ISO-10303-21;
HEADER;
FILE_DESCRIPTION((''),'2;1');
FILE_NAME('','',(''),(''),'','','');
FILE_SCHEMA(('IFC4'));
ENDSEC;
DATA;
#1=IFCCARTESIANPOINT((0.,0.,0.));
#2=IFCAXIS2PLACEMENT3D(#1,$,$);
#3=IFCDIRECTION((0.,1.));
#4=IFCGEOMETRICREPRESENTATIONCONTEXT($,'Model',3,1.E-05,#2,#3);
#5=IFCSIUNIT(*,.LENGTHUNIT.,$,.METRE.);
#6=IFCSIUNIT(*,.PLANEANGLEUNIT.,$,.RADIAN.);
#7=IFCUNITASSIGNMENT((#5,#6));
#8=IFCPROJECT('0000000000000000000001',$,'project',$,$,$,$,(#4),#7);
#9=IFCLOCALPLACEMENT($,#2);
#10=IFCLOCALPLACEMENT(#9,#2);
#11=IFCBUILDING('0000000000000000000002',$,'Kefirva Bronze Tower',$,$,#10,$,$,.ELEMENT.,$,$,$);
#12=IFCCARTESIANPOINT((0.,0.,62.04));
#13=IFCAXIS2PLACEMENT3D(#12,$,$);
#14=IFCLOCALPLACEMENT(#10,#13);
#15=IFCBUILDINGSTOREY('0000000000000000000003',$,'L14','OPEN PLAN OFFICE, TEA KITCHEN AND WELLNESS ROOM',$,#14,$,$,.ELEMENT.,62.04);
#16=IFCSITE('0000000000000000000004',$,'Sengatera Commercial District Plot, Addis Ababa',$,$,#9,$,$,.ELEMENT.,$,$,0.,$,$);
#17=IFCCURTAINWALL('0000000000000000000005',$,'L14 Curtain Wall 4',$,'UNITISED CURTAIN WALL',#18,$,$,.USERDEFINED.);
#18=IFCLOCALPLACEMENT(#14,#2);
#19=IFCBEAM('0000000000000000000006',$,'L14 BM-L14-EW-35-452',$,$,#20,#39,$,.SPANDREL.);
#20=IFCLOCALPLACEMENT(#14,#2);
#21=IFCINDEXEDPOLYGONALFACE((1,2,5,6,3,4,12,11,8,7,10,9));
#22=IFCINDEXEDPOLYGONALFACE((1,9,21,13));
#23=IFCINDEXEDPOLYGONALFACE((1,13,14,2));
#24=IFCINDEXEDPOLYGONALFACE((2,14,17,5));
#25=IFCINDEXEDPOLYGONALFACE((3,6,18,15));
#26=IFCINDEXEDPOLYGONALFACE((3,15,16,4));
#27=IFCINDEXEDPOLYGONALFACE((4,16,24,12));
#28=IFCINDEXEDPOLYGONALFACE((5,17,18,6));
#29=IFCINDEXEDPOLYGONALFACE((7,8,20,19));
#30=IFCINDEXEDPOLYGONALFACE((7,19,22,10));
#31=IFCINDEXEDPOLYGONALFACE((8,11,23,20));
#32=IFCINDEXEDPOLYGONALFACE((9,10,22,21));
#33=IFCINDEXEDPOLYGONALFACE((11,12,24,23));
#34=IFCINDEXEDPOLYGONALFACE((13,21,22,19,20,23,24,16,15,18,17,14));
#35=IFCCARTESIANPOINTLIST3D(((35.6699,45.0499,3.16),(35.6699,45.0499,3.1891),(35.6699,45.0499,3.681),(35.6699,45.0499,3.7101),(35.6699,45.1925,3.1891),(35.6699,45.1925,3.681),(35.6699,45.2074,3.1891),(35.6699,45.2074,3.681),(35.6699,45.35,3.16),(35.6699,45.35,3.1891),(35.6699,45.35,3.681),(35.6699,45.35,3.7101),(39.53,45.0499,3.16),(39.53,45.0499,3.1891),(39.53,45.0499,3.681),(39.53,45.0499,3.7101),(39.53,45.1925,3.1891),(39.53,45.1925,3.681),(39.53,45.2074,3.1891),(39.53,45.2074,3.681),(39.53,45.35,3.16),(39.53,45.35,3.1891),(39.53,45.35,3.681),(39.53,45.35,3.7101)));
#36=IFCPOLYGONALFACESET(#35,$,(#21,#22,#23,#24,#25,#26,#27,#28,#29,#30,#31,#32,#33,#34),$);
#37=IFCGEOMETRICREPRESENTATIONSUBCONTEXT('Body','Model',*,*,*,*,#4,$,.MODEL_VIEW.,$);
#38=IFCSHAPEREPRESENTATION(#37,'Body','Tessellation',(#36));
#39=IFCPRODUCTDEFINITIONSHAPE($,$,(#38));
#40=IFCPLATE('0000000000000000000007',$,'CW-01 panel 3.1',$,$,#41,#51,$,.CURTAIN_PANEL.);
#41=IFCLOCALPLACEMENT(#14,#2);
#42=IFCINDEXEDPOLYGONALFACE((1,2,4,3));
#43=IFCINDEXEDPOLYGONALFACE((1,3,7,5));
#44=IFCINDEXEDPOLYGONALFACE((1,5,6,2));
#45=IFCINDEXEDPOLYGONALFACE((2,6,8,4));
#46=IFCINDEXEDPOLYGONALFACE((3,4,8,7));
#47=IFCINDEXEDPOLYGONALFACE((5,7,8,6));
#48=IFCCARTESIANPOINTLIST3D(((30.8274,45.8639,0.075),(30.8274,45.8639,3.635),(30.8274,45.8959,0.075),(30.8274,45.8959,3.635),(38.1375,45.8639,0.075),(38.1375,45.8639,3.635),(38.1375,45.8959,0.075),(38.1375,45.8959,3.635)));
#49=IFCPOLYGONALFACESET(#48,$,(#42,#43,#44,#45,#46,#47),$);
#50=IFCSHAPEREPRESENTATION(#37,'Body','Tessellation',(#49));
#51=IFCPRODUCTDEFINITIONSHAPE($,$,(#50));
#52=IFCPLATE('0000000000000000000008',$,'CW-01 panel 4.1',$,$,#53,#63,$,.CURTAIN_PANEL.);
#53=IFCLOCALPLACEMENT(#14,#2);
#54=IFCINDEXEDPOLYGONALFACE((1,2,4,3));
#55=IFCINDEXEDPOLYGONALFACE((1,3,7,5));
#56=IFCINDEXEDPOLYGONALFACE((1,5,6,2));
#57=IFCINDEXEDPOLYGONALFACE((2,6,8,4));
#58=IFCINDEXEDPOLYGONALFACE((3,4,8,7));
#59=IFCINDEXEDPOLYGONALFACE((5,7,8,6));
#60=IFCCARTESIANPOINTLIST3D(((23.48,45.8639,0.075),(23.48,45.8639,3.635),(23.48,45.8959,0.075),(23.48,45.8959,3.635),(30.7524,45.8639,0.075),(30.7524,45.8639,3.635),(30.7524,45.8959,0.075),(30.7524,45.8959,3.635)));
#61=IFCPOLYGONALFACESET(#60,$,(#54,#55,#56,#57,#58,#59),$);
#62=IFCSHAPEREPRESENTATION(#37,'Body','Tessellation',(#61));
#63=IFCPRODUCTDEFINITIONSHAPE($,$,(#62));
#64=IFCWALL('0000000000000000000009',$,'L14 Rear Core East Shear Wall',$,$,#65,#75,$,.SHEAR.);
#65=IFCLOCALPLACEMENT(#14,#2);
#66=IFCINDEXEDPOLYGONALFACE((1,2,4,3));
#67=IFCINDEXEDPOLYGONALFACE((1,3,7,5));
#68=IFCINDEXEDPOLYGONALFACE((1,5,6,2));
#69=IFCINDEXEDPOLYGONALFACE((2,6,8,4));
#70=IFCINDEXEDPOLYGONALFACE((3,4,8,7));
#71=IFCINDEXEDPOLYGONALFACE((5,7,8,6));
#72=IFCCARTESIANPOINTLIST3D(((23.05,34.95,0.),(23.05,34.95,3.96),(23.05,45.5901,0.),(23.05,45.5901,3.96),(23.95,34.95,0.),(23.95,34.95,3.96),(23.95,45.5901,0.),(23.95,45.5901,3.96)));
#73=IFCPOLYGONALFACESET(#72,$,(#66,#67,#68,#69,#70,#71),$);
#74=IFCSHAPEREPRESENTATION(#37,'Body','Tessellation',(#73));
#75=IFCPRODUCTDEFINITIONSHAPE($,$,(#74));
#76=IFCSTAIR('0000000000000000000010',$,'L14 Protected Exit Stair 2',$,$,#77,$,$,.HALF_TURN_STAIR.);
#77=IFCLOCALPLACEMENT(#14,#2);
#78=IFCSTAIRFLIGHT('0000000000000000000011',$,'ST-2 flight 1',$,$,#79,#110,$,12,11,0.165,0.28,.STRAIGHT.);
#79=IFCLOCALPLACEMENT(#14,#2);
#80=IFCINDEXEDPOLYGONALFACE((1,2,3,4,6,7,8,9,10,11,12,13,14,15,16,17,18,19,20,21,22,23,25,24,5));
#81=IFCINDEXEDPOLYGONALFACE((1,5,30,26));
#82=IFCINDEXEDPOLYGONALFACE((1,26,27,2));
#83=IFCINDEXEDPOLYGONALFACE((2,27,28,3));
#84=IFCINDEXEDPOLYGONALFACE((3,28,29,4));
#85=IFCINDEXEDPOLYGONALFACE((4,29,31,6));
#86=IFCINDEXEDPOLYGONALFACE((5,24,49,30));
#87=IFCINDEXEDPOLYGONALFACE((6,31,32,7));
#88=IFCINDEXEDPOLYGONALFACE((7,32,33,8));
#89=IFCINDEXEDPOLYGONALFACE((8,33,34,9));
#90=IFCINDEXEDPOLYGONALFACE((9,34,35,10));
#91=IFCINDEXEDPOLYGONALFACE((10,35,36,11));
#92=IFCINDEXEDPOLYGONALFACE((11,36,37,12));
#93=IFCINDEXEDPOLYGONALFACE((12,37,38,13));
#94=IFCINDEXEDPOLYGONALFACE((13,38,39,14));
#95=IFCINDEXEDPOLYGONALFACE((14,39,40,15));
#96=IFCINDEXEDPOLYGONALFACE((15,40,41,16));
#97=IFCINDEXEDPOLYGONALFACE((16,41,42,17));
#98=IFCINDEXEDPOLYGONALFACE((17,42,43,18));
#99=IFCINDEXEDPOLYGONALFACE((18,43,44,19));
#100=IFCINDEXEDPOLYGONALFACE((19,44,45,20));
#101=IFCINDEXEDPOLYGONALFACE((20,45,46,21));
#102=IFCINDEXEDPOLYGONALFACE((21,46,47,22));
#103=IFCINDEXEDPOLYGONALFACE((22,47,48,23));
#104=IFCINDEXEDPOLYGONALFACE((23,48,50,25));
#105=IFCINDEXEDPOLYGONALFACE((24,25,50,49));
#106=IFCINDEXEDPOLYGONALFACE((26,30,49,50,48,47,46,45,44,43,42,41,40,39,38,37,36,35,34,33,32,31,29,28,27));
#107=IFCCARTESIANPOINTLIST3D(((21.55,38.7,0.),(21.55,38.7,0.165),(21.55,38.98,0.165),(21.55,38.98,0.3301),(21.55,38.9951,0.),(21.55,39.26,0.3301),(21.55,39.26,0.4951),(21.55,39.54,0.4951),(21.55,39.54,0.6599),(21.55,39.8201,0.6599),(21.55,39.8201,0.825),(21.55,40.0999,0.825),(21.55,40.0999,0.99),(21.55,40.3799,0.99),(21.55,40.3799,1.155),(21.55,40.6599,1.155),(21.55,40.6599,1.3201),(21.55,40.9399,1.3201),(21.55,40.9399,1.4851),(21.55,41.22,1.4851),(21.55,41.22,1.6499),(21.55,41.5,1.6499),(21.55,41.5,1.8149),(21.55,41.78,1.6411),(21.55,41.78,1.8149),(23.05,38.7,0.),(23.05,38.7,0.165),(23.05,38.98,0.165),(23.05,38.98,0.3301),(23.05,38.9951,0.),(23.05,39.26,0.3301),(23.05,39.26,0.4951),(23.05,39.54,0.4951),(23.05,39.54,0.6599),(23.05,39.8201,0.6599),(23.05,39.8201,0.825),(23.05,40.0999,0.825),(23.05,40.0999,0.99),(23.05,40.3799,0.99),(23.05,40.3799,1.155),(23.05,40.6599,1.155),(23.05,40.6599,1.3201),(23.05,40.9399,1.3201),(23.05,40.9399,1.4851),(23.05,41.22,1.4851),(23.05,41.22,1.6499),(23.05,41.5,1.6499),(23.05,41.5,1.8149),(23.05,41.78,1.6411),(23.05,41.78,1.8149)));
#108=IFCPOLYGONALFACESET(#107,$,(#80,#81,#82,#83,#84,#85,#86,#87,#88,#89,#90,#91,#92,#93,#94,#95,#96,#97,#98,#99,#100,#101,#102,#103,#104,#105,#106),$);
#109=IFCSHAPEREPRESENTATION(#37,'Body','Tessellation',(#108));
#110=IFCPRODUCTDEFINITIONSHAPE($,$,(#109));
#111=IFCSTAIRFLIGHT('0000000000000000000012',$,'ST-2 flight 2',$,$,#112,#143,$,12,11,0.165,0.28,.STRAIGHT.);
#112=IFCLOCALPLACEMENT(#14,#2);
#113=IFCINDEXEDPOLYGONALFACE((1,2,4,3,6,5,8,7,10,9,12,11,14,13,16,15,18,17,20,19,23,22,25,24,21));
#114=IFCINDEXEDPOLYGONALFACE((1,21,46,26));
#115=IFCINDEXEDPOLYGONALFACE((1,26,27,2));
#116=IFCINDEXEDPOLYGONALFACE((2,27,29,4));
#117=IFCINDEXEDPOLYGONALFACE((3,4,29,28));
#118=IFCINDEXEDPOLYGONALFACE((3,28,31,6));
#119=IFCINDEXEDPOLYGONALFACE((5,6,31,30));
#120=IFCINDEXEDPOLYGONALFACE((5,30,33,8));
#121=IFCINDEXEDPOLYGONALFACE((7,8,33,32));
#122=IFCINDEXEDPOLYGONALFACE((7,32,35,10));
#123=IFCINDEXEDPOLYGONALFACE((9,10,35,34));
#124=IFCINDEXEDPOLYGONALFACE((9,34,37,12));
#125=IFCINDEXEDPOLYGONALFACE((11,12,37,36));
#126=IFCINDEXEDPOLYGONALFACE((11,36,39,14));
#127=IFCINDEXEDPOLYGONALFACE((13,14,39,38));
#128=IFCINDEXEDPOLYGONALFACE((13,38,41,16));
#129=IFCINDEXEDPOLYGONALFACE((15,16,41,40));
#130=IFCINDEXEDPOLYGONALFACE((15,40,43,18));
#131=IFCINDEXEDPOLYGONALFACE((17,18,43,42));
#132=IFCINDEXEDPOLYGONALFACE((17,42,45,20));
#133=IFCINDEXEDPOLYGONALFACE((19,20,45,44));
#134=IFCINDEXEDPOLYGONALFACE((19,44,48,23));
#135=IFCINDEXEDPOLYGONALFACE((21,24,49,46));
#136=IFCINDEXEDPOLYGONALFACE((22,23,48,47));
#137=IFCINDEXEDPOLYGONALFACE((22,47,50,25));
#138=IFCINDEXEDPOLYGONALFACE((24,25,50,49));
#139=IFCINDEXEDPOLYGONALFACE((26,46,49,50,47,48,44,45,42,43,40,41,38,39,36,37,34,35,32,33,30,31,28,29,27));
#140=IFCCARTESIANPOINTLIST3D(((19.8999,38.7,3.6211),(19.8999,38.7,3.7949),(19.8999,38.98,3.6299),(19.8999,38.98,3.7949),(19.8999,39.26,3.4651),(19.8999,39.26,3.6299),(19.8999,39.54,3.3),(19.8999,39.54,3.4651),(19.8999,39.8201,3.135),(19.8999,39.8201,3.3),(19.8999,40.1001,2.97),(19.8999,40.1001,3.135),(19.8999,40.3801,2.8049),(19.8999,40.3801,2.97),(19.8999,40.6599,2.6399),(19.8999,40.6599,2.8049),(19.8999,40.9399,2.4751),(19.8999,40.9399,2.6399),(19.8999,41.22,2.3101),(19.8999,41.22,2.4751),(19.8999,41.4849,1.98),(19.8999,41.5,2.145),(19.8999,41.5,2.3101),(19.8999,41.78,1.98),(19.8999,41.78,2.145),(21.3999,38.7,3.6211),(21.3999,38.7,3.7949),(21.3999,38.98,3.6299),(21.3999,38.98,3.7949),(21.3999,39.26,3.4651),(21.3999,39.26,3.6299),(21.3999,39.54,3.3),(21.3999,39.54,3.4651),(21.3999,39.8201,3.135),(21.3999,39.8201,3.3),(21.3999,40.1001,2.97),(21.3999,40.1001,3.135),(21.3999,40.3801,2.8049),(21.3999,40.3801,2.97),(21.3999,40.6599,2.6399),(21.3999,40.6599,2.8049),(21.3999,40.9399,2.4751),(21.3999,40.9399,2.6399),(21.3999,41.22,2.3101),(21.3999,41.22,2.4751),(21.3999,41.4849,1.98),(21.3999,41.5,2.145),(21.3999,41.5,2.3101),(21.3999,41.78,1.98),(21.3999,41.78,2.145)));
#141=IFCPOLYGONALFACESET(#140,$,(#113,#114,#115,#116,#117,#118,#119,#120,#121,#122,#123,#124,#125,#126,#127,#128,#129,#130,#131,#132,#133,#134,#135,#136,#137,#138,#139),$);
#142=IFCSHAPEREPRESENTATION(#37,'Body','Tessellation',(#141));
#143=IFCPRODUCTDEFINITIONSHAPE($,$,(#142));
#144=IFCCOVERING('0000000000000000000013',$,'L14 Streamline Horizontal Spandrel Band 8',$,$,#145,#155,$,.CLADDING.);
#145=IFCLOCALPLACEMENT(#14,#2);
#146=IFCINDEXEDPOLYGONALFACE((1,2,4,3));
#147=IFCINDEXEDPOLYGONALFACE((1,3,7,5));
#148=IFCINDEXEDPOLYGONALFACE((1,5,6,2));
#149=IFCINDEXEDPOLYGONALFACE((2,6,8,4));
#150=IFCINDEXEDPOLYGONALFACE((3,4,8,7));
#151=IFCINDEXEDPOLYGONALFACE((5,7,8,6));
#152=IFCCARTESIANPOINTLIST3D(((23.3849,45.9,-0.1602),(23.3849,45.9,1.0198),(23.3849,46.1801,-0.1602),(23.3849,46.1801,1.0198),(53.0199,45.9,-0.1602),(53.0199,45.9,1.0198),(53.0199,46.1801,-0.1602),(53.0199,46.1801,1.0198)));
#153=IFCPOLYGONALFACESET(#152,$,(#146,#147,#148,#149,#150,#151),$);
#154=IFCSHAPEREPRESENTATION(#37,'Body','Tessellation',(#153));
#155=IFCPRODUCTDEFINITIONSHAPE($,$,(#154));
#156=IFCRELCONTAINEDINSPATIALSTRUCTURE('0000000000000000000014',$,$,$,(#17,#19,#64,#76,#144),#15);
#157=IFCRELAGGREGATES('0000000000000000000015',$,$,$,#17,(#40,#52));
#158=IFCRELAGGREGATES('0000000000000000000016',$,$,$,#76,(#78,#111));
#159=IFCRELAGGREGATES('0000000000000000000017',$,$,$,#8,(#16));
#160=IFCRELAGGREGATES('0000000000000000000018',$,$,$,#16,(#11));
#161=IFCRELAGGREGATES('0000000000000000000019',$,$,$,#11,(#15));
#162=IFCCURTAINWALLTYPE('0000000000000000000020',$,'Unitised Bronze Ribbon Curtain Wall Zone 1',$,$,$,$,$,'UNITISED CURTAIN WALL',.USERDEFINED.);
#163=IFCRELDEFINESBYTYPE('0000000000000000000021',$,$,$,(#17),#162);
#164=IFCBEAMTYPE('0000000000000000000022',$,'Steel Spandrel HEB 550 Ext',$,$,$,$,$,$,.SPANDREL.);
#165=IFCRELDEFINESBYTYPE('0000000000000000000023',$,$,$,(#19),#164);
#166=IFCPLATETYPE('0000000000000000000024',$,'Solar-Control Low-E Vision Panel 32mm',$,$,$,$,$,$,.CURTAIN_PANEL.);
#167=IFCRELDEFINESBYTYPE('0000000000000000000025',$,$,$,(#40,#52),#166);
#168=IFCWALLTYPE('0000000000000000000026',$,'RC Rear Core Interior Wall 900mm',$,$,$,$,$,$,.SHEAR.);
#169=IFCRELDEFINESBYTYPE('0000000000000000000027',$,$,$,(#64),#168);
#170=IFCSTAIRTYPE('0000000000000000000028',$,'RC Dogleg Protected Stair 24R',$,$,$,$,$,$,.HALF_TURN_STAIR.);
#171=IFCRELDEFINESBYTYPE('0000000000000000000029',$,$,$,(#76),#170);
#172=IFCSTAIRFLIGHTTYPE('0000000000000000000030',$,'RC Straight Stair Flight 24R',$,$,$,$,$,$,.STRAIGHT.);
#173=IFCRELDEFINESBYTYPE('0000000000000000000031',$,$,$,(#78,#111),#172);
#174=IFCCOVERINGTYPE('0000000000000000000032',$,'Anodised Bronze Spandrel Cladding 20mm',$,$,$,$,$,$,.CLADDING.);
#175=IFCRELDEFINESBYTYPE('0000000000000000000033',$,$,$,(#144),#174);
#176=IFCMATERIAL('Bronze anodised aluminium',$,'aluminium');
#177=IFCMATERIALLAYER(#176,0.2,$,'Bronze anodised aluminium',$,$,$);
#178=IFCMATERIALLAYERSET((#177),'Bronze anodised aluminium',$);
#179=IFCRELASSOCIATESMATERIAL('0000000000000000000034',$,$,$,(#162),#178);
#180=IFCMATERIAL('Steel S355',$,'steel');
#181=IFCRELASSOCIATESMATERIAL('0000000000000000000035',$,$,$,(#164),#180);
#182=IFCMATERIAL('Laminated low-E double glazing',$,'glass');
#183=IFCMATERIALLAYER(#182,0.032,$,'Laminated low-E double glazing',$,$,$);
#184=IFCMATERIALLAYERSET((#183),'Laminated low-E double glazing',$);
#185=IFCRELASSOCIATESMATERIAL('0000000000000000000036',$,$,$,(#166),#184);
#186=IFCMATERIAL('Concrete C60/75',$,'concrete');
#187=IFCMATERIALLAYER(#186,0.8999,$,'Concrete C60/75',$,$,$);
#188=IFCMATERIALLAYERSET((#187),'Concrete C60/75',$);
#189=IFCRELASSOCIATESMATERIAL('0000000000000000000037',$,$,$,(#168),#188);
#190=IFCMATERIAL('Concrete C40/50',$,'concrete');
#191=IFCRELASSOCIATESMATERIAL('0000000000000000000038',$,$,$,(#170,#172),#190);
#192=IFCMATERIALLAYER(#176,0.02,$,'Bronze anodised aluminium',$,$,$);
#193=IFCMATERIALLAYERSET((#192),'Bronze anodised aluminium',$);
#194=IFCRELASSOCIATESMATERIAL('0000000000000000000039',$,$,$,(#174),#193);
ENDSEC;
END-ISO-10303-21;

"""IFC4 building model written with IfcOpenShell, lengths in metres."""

from ifc_helpers import new_model, si_unit, direction, frame, frame_2d, origin, origin_2d, place, context, subcontext, project, spatial, polyline, rectangle, i_section, outline, extrude, material, layer, layer_set, material_profile, profile_set, type_object, element, aggregate, save


model = new_model("IFC4")

# Units and contexts
model_context = context("Model", 3, precision=1e-05, world=origin(), true_north=direction((0.0, 1.0)))
body_context = subcontext(model_context, "Body", "Model", "MODEL_VIEW")
ifc_project = project(units=[si_unit("LENGTHUNIT", "METRE"), si_unit("PLANEANGLEUNIT", "RADIAN")], contexts=[model_context])

# Site, building, storey
site_placement = place(None, origin())
site = spatial("IfcSite", under=ifc_project, at=site_placement, Name="Sengatera Commercial District Plot, Addis Ababa", CompositionType="ELEMENT", RefElevation=0.0)
building_placement = place(site_placement, origin())
building = spatial("IfcBuilding", under=site, at=building_placement, Name="Kefirva Bronze Tower", CompositionType="ELEMENT")
storey_placement = place(building_placement, frame((0.0, 0.0, 62.04)))
storey = spatial("IfcBuildingStorey", under=building, at=storey_placement, Name="L14", Description="OPEN PLAN OFFICE, TEA KITCHEN AND WELLNESS ROOM", CompositionType="ELEMENT", Elevation=62.04)

# Shared definitions
ifc_material_1 = material(Name="Concrete C60/75", Category="concrete")

# Curtain wall
ifc_material_2 = material(Name="Bronze anodised aluminium", Category="aluminium")
ifc_layer_1 = layer(ifc_material_2, 0.2, Name="Bronze anodised aluminium")
ifc_layer_set_1 = layer_set([ifc_layer_1], Name="Bronze anodised aluminium")
curtain_wall_type = type_object("IfcCurtainWallType", Name="Unitised Bronze Ribbon Curtain Wall Zone 1", ElementType="UNITISED CURTAIN WALL", PredefinedType="USERDEFINED", material=ifc_layer_set_1)
curtain_wall_placement = place(storey_placement, origin())
curtain_wall = element("IfcCurtainWall", 1, at=curtain_wall_placement, inside=storey, type_object=curtain_wall_type, Name="L14 Curtain Wall 4", ObjectType="UNITISED CURTAIN WALL", PredefinedType="USERDEFINED")

# Beam
ifc_material_3 = material(Name="Steel S355", Category="steel")
ifc_material_profile_1 = material_profile(ifc_material_3, i_section(OverallWidth=0.3, OverallDepth=0.55, WebThickness=0.0149, FlangeThickness=0.0291, at=origin_2d()), Name="HEB 550")
ifc_profile_set_1 = profile_set([ifc_material_profile_1], Name="Steel S355")
beam_type_1 = type_object("IfcBeamType", Name="Steel Spandrel HEB 550 Ext", PredefinedType="SPANDREL", material=ifc_profile_set_1)
beam_1_placement = place(storey_placement, frame((35.6699, 45.2, 3.4351), z_axis=(1.0, 0.0, 0.0), x_axis=(0.0, 1.0, 0.0)))
element("IfcBeam", 2, at=beam_1_placement, inside=storey, type_object=beam_type_1, Name="L14 BM-L14-EW-35-452", PredefinedType="SPANDREL", context=body_context, shape_type="SweptSolid", body=[
    extrude(i_section(OverallWidth=0.3, OverallDepth=0.55, WebThickness=0.0149, FlangeThickness=0.0291, at=origin_2d()), origin(), (0.0, 0.0, 1.0), 3.8601),
])

# Plates
ifc_material_4 = material(Name="Laminated low-E double glazing", Category="glass")
ifc_layer_2 = layer(ifc_material_4, 0.032, Name="Laminated low-E double glazing")
ifc_layer_set_2 = layer_set([ifc_layer_2], Name="Laminated low-E double glazing")
plate_type = type_object("IfcPlateType", Name="Solar-Control Low-E Vision Panel 32mm", PredefinedType="CURTAIN_PANEL", material=ifc_layer_set_2)
plate_1_placement = place(storey_placement, frame((34.4824, 45.8799, 0.075), z_axis=(0.0, 0.0, 1.0), x_axis=(-1.0, 0.0, 0.0)))
plate_1 = element("IfcPlate", 3, at=plate_1_placement, type_object=plate_type, Name="CW-01 panel 3.1", PredefinedType="CURTAIN_PANEL", context=body_context, shape_type="SweptSolid", body=[
    extrude(rectangle(XDim=7.3101, YDim=0.032, at=origin_2d()), origin(), (0.0, 0.0, 1.0), 3.5601),
])
plate_2_placement = place(storey_placement, frame((27.1162, 45.8799, 0.075), z_axis=(0.0, 0.0, 1.0), x_axis=(-1.0, 0.0, 0.0)))
plate_2 = element("IfcPlate", 4, at=plate_2_placement, type_object=plate_type, Name="CW-01 panel 4.1", PredefinedType="CURTAIN_PANEL", context=body_context, shape_type="SweptSolid", body=[
    extrude(rectangle(XDim=7.2725, YDim=0.032, at=origin_2d()), origin(), (0.0, 0.0, 1.0), 3.5601),
])
aggregate(curtain_wall, [plate_1, plate_2])

# Wall
ifc_layer_3 = layer(ifc_material_1, 0.8999, Name="Concrete C60/75")
ifc_layer_set_3 = layer_set([ifc_layer_3], Name="Concrete C60/75")
wall_type = type_object("IfcWallType", Name="RC Rear Core Interior Wall 900mm", PredefinedType="SHEAR", material=ifc_layer_set_3)
wall_placement = place(storey_placement, frame((23.5, 34.95, 0.0), z_axis=(0.0, 0.0, 1.0), x_axis=(0.0, 1.0, 0.0)))
element("IfcWall", 5, at=wall_placement, inside=storey, type_object=wall_type, Name="L14 Rear Core East Shear Wall", PredefinedType="SHEAR", context=body_context, shape_type="SweptSolid", body=[
    extrude(rectangle(XDim=10.6401, YDim=0.8999, at=frame_2d((5.3201, 0.0))), origin(), (0.0, 0.0, 1.0), 3.96),
])

# Stair, stair flights
ifc_material_5 = material(Name="Concrete C40/50", Category="concrete")
stair_type = type_object("IfcStairType", Name="RC Dogleg Protected Stair 24R", PredefinedType="HALF_TURN_STAIR", material=ifc_material_5)
stair_placement = place(storey_placement, origin())
stair = element("IfcStair", 6, at=stair_placement, inside=storey, type_object=stair_type, Name="L14 Protected Exit Stair 2", PredefinedType="HALF_TURN_STAIR")
stair_flight_type = type_object("IfcStairFlightType", Name="RC Straight Stair Flight 24R", PredefinedType="STRAIGHT", material=ifc_material_5)
stair_flight_1_placement = place(storey_placement, frame((22.3, 38.7, 0.0), z_axis=(0.0, 0.0, 1.0), x_axis=(0.0, 1.0, 0.0)))
stair_flight_1 = element("IfcStairFlight", 7, at=stair_flight_1_placement, type_object=stair_flight_type, Name="ST-2 flight 1", NumberOfRisers=12, NumberOfTreads=11, PredefinedType="STRAIGHT", RiserHeight=0.165, TreadLength=0.28, context=body_context, shape_type="SweptSolid", body=[
    extrude(outline(polyline([(0.0, 0.0), (0.0, 0.165), (0.28, 0.165), (0.28, 0.3301), (0.5601, 0.3301), (0.5601, 0.4951), (0.8401, 0.4951), (0.8401, 0.6599), (1.1201, 0.6599), (1.1201, 0.825), (1.3999, 0.825), (1.3999, 0.99), (1.6799, 0.99), (1.6799, 1.155), (1.96, 1.155), (1.96, 1.3201), (2.24, 1.3201), (2.24, 1.4851), (2.52, 1.4851), (2.52, 1.6499), (2.8, 1.6499), (2.8, 1.8149), (3.0801, 1.8149), (3.0801, 1.98), (3.0801, 1.6411), (0.2952, 0.0), (0.0, 0.0)])), frame((0.0, 0.75, 0.0), z_axis=(0.0, -1.0, 0.0), x_axis=(1.0, 0.0, 0.0)), (0.0, 0.0, 1.0), 1.5),
])
stair_flight_2_placement = place(storey_placement, frame((20.6499, 41.78, 1.98), z_axis=(0.0, 0.0, 1.0), x_axis=(0.0, -1.0, 0.0)))
stair_flight_2 = element("IfcStairFlight", 8, at=stair_flight_2_placement, type_object=stair_flight_type, Name="ST-2 flight 2", NumberOfRisers=12, NumberOfTreads=11, PredefinedType="STRAIGHT", RiserHeight=0.165, TreadLength=0.28, context=body_context, shape_type="SweptSolid", body=[
    extrude(outline(polyline([(0.0, 0.0), (0.0, 0.165), (0.28, 0.165), (0.28, 0.3301), (0.5601, 0.3301), (0.5601, 0.4951), (0.8401, 0.4951), (0.8401, 0.6599), (1.1201, 0.6599), (1.1201, 0.825), (1.3999, 0.825), (1.3999, 0.99), (1.6799, 0.99), (1.6799, 1.155), (1.96, 1.155), (1.96, 1.3201), (2.24, 1.3201), (2.24, 1.4851), (2.52, 1.4851), (2.52, 1.6499), (2.8, 1.6499), (2.8, 1.8149), (3.0801, 1.8149), (3.0801, 1.98), (3.0801, 1.6411), (0.2952, 0.0), (0.0, 0.0)])), frame((0.0, 0.75, 0.0), z_axis=(0.0, -1.0, 0.0), x_axis=(1.0, 0.0, 0.0)), (0.0, 0.0, 1.0), 1.5),
])
aggregate(stair, [stair_flight_1, stair_flight_2])

# Covering
ifc_layer_4 = layer(ifc_material_2, 0.02, Name="Bronze anodised aluminium")
ifc_layer_set_4 = layer_set([ifc_layer_4], Name="Bronze anodised aluminium")
covering_type_1 = type_object("IfcCoveringType", Name="Anodised Bronze Spandrel Cladding 20mm", PredefinedType="CLADDING", material=ifc_layer_set_4)
covering_1_placement = place(storey_placement, frame((38.2024, 46.04, -0.1602), z_axis=(0.0, 0.0, 1.0), x_axis=(-1.0, 0.0, 0.0)))
element("IfcCovering", 9, at=covering_1_placement, inside=storey, type_object=covering_type_1, Name="L14 Streamline Horizontal Spandrel Band 8", PredefinedType="CLADDING", context=body_context, shape_type="SweptSolid", body=[
    extrude(rectangle(XDim=29.635, YDim=0.28, at=origin_2d()), origin(), (0.0, 0.0, 1.0), 1.1799),
])

save(model, "model.ifc")
